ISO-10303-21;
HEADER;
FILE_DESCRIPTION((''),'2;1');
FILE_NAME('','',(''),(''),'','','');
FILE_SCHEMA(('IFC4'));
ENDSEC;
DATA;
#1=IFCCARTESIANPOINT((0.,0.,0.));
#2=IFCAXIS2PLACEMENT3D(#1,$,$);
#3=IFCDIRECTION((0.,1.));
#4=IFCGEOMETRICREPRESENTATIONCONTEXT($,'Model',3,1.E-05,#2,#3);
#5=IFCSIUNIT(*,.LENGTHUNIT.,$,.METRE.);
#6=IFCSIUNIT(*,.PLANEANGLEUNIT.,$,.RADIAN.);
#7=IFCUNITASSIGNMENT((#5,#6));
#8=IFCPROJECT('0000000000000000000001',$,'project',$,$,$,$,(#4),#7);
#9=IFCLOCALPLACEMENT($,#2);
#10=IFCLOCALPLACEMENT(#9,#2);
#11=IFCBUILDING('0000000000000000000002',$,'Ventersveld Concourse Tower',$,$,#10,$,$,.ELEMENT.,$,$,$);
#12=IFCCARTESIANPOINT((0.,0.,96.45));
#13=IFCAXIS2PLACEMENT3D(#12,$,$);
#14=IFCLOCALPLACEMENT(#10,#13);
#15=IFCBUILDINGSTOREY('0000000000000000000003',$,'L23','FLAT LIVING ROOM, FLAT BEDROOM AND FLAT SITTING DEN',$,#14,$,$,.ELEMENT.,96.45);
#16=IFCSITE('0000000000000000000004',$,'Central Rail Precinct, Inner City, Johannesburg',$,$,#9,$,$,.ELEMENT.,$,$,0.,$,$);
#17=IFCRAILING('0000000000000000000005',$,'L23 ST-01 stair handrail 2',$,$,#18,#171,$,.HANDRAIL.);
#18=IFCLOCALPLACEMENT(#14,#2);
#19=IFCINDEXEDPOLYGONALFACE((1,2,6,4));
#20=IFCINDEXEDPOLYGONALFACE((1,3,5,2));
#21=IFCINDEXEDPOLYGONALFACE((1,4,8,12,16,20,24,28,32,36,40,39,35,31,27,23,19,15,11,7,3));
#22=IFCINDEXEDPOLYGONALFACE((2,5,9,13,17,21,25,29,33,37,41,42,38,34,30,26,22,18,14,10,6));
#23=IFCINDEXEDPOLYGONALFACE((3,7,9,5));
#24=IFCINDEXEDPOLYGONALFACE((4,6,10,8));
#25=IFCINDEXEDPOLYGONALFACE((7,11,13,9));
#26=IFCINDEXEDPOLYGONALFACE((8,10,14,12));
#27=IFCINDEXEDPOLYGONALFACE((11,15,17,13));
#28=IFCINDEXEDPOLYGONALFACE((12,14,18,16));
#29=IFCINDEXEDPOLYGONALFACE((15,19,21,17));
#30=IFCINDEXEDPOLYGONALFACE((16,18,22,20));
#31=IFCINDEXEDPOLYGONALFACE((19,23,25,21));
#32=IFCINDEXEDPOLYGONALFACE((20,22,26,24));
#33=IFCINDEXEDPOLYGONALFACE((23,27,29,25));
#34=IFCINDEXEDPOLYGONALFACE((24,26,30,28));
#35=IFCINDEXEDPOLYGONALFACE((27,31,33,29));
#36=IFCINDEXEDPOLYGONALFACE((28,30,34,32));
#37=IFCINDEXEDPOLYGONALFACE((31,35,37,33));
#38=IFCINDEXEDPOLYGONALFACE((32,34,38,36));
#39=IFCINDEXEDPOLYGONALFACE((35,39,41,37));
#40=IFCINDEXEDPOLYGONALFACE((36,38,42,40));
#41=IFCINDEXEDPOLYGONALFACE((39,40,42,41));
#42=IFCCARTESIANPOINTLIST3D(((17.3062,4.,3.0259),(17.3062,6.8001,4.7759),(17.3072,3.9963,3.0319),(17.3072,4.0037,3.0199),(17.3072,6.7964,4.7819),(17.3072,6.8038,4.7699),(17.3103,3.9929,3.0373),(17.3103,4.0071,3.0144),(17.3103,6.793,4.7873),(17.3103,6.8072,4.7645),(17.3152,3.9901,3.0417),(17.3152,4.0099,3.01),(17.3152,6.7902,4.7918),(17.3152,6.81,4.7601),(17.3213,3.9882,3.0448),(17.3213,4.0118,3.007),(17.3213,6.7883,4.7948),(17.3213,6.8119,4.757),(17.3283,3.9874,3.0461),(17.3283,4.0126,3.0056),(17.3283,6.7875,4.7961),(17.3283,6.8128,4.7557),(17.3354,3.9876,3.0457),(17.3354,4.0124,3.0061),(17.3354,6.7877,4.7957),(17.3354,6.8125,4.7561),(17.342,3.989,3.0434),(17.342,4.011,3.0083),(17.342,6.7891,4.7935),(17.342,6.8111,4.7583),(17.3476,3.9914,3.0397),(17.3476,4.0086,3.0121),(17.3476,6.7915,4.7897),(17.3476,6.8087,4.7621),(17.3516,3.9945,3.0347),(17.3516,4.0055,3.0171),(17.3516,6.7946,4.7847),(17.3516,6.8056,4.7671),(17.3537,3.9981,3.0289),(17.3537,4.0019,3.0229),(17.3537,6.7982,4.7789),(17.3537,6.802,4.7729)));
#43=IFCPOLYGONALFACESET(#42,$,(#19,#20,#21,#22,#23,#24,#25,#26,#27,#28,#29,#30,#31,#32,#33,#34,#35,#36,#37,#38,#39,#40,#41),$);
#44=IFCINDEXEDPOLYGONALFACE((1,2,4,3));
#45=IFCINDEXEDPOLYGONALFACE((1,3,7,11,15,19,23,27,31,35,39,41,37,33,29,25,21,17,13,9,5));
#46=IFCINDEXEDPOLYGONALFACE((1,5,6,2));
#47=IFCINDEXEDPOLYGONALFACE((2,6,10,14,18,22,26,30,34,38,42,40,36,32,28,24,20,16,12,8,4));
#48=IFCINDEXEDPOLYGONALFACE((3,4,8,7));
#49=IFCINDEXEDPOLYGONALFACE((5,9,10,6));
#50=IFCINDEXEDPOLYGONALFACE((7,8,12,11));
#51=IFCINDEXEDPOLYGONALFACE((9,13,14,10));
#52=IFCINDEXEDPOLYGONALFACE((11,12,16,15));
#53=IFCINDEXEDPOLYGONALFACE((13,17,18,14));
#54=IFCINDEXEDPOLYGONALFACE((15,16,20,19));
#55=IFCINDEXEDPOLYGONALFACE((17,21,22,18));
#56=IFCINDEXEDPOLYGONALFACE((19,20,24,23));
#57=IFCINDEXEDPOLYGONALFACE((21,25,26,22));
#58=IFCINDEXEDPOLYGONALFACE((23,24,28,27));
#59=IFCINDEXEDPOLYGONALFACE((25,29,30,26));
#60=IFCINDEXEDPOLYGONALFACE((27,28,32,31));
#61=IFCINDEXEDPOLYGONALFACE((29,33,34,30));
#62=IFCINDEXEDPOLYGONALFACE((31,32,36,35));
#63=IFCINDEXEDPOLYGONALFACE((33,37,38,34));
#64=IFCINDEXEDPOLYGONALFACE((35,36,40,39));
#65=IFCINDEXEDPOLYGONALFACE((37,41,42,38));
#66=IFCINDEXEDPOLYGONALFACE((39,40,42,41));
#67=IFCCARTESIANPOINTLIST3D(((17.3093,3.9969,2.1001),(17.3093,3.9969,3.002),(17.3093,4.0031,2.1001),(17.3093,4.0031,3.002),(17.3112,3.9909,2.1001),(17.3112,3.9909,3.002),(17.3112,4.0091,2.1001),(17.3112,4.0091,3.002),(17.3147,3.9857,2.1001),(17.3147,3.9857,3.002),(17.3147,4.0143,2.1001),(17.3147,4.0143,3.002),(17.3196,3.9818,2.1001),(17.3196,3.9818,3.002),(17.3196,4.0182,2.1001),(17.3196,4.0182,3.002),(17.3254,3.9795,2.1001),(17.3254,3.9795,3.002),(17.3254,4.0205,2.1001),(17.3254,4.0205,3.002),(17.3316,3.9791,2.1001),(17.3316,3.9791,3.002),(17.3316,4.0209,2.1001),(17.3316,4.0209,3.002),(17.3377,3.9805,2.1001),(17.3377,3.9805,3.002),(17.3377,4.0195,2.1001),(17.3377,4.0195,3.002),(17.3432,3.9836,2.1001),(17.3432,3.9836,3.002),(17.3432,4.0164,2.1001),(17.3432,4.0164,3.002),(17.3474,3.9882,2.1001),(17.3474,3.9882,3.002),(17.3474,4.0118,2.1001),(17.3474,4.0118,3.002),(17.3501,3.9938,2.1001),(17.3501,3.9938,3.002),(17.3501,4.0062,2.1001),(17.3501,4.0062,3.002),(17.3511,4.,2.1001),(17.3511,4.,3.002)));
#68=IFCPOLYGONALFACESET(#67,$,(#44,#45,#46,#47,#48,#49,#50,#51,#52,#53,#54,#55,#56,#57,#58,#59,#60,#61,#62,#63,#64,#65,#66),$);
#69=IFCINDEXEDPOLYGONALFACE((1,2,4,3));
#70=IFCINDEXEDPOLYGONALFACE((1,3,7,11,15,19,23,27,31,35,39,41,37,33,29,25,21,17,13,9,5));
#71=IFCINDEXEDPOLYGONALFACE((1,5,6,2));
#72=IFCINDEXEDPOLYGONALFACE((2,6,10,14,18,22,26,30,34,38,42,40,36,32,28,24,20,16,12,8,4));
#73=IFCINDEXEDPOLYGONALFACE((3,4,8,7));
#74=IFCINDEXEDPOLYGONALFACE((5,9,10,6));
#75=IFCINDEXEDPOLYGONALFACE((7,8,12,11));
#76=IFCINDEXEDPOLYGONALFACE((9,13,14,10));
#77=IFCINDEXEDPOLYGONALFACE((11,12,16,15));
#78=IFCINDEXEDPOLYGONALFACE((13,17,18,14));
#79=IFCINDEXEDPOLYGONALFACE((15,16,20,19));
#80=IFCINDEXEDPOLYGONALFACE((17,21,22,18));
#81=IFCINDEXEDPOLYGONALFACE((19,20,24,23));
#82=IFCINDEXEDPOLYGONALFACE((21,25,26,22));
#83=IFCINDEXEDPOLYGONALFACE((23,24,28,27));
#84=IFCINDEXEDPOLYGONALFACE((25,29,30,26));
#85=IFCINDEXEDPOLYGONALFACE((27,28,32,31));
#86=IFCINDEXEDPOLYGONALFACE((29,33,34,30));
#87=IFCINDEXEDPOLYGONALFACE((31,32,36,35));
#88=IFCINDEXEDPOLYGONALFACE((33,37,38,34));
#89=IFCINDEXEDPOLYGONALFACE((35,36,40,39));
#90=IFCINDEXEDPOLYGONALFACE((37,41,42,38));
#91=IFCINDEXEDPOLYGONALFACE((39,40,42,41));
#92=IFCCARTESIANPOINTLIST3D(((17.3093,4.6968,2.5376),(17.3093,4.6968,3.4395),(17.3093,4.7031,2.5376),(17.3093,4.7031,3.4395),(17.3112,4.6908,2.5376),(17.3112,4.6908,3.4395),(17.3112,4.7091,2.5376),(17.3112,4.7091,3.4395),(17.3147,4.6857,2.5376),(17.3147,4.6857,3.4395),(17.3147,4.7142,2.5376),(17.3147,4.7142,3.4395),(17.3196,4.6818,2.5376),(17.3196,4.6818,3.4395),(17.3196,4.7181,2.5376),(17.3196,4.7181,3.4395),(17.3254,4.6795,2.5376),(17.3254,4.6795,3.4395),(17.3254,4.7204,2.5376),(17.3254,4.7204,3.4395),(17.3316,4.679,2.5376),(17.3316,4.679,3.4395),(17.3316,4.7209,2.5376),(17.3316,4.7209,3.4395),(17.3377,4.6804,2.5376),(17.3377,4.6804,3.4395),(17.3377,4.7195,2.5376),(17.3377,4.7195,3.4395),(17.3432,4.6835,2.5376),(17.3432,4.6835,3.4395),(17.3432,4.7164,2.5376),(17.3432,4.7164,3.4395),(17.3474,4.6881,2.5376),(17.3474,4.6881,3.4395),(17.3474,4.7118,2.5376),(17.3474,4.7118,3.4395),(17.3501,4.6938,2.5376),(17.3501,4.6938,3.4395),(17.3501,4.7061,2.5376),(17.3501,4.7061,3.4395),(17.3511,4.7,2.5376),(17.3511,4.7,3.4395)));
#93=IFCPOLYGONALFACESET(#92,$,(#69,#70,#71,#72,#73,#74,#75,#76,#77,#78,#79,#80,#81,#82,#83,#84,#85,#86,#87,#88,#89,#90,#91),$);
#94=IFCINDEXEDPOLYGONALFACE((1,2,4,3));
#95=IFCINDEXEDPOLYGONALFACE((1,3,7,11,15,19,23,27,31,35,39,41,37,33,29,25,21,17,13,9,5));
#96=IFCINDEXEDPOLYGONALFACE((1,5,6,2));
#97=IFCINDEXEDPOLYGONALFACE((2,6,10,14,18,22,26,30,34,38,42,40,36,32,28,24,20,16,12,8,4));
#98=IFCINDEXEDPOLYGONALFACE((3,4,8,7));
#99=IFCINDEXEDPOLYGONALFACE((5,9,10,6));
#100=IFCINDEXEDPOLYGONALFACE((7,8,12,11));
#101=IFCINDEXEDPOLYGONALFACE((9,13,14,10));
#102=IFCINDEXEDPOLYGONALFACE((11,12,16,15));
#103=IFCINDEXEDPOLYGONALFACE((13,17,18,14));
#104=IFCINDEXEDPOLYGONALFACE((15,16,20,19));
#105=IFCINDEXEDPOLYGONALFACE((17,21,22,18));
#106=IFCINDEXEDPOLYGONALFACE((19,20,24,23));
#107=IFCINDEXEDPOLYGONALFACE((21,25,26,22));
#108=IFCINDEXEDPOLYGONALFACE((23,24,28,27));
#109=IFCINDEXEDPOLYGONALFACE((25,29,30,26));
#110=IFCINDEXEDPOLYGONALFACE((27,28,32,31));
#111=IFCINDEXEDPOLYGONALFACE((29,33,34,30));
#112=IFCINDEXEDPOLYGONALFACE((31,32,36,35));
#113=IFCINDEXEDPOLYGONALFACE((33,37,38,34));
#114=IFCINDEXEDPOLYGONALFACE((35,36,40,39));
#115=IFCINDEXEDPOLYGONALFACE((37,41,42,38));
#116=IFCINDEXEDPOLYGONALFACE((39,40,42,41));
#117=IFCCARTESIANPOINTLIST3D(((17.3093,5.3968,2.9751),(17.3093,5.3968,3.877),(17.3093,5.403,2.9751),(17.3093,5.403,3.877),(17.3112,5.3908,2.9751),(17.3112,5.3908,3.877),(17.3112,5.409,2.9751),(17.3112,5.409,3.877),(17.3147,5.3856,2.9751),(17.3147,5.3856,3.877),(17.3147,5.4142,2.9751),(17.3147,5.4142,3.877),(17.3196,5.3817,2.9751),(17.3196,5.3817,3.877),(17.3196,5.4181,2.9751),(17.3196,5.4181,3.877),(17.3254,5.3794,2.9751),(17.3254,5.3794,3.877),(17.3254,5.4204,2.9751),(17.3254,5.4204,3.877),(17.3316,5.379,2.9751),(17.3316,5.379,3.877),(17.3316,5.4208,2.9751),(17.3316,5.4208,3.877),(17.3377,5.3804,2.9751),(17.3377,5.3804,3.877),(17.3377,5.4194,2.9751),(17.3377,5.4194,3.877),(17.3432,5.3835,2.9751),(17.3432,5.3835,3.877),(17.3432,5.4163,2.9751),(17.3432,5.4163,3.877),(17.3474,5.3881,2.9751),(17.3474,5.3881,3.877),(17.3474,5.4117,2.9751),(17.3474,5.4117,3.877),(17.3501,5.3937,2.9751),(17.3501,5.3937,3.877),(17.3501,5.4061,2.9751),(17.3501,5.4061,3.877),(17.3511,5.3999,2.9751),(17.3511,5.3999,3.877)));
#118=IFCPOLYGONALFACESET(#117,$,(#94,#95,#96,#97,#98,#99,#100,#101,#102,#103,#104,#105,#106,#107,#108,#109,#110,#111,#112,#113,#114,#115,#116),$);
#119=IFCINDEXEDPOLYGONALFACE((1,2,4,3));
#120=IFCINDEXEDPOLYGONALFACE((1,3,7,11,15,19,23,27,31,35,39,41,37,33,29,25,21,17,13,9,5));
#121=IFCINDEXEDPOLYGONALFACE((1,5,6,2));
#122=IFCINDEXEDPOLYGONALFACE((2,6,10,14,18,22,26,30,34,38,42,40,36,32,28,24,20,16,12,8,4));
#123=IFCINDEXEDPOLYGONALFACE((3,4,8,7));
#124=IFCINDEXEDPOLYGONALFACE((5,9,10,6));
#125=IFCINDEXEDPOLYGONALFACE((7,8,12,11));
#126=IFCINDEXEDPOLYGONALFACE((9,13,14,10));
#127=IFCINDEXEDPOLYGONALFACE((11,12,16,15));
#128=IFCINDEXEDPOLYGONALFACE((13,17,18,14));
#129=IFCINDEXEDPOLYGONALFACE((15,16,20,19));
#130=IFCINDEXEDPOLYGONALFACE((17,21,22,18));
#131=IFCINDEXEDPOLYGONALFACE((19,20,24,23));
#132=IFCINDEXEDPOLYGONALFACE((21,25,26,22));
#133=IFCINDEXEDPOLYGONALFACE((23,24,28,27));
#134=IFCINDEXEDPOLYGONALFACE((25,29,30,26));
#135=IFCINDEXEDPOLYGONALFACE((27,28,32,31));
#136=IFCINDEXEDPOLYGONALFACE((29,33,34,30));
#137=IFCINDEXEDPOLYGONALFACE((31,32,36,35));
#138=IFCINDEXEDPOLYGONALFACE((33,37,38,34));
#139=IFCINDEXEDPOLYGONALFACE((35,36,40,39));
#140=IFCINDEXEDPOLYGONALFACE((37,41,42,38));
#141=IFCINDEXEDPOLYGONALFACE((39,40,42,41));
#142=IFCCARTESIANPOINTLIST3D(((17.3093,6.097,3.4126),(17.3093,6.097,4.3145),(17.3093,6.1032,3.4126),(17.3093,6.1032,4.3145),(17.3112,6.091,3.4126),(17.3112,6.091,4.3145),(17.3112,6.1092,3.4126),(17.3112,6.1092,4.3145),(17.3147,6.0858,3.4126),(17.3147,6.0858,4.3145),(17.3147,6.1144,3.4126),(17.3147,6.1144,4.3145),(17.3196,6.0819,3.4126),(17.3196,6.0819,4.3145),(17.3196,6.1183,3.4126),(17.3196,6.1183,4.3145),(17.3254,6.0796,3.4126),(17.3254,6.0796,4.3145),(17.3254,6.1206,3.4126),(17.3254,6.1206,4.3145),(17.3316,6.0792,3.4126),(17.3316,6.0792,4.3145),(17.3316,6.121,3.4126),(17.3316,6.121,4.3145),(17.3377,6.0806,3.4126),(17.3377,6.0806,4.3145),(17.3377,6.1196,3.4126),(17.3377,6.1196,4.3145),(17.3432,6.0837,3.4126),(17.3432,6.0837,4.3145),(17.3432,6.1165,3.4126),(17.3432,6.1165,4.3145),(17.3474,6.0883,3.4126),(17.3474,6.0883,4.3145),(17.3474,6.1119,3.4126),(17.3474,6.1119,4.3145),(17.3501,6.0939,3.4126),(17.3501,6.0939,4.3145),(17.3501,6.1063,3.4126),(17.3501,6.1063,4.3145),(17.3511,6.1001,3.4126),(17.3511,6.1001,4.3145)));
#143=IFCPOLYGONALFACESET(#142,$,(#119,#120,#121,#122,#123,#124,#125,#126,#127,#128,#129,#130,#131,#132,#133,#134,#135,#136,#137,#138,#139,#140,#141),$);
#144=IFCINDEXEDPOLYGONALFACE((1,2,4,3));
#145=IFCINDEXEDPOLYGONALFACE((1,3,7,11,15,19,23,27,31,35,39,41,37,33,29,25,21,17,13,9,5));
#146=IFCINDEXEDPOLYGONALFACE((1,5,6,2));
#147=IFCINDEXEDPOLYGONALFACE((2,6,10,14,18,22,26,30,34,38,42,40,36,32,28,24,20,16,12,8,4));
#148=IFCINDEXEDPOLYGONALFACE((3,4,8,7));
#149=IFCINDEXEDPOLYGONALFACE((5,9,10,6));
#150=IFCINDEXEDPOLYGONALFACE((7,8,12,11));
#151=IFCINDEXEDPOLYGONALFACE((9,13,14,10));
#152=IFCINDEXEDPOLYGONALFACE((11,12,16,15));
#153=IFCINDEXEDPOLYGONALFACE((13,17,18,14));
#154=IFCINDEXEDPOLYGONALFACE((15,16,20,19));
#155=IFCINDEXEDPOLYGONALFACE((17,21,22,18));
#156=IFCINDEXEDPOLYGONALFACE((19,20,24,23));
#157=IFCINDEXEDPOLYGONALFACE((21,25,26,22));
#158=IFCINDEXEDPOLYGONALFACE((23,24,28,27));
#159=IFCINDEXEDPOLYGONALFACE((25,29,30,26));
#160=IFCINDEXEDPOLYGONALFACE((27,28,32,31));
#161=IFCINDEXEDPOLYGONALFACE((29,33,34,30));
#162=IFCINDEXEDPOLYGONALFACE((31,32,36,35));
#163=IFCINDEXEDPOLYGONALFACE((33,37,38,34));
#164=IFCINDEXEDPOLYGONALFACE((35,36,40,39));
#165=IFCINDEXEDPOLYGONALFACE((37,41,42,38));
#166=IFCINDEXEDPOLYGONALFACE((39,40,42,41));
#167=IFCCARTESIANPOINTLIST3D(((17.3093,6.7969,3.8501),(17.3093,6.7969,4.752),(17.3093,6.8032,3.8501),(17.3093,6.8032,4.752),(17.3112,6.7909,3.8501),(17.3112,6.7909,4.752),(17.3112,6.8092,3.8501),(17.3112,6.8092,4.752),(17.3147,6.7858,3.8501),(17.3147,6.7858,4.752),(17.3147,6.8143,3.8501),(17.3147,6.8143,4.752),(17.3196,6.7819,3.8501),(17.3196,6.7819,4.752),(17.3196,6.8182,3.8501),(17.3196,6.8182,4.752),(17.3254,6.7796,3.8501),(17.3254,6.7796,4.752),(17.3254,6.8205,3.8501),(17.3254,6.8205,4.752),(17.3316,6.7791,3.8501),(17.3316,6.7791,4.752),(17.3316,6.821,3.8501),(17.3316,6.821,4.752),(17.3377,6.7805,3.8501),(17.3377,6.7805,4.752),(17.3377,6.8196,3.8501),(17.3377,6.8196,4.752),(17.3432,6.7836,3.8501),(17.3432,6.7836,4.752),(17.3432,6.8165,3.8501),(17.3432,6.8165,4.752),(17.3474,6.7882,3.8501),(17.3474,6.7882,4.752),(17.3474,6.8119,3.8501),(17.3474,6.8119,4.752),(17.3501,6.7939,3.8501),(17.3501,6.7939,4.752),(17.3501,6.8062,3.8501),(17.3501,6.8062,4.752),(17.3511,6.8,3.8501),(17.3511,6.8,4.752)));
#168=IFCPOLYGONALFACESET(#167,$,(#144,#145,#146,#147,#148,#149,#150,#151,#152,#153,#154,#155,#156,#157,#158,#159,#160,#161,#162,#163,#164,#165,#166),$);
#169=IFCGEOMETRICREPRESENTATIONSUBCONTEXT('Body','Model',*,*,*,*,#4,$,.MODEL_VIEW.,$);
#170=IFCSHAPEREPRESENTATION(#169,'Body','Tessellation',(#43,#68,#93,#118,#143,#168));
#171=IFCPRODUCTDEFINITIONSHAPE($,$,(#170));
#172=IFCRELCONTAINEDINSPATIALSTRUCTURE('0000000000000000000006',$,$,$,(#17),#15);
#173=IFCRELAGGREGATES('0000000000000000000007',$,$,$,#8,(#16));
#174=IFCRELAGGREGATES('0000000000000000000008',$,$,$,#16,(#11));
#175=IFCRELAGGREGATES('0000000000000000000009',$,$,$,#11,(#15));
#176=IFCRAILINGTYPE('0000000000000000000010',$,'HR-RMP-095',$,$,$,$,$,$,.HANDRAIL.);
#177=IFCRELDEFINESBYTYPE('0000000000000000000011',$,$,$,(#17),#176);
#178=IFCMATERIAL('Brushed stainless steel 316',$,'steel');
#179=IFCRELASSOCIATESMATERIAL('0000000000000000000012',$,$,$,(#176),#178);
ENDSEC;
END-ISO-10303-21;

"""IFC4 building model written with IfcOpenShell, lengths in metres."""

from ifc_helpers import new_model, si_unit, direction, frame, origin, origin_2d, place, context, subcontext, project, spatial, circle, extrude, material, type_object, element, save


model = new_model("IFC4")

# Units and contexts
model_context = context("Model", 3, precision=1e-05, world=origin(), true_north=direction((0.0, 1.0)))
body_context = subcontext(model_context, "Body", "Model", "MODEL_VIEW")
ifc_project = project(units=[si_unit("LENGTHUNIT", "METRE"), si_unit("PLANEANGLEUNIT", "RADIAN")], contexts=[model_context])

# Site, building, storey
site_placement = place(None, origin())
site = spatial("IfcSite", under=ifc_project, at=site_placement, Name="Central Rail Precinct, Inner City, Johannesburg", CompositionType="ELEMENT", RefElevation=0.0)
building_placement = place(site_placement, origin())
building = spatial("IfcBuilding", under=site, at=building_placement, Name="Ventersveld Concourse Tower", CompositionType="ELEMENT")
storey_placement = place(building_placement, frame((0.0, 0.0, 96.45)))
storey = spatial("IfcBuildingStorey", under=building, at=storey_placement, Name="L23", Description="FLAT LIVING ROOM, FLAT BEDROOM AND FLAT SITTING DEN", CompositionType="ELEMENT", Elevation=96.45)

# Shared definitions
ifc_material_1 = material(Name="Brushed stainless steel 316", Category="steel")

# Railing
railing_type_1 = type_object("IfcRailingType", Name="HR-RMP-095", PredefinedType="HANDRAIL", material=ifc_material_1)
railing_1_placement = place(storey_placement, frame((17.3301, 4.0, 2.1001)))
element("IfcRailing", 1, at=railing_1_placement, inside=storey, type_object=railing_type_1, Name="L23 ST-01 stair handrail 2", PredefinedType="HANDRAIL", context=body_context, shape_type="SweptSolid", body=[
    extrude(circle(Radius=0.0239, at=origin_2d()), frame((0.0, 0.0, 0.9258), z_axis=(0.0, 0.848002, 0.529992), x_axis=(-1.0, 0.0, 0.0)), (0.0, 0.0, 1.0), 3.302),
    extrude(circle(Radius=0.021, at=origin_2d()), origin(), (0.0, 0.0, 1.0), 0.9019),
    extrude(circle(Radius=0.021, at=origin_2d()), frame((0.0, 0.7, 0.4375)), (0.0, 0.0, 1.0), 0.9019),
    extrude(circle(Radius=0.021, at=origin_2d()), frame((0.0, 1.3999, 0.875)), (0.0, 0.0, 1.0), 0.9019),
    extrude(circle(Radius=0.021, at=origin_2d()), frame((0.0, 2.1001, 1.3125)), (0.0, 0.0, 1.0), 0.9019),
    extrude(circle(Radius=0.021, at=origin_2d()), frame((0.0, 2.8, 1.75)), (0.0, 0.0, 1.0), 0.9019),
])

save(model, "model.ifc")
